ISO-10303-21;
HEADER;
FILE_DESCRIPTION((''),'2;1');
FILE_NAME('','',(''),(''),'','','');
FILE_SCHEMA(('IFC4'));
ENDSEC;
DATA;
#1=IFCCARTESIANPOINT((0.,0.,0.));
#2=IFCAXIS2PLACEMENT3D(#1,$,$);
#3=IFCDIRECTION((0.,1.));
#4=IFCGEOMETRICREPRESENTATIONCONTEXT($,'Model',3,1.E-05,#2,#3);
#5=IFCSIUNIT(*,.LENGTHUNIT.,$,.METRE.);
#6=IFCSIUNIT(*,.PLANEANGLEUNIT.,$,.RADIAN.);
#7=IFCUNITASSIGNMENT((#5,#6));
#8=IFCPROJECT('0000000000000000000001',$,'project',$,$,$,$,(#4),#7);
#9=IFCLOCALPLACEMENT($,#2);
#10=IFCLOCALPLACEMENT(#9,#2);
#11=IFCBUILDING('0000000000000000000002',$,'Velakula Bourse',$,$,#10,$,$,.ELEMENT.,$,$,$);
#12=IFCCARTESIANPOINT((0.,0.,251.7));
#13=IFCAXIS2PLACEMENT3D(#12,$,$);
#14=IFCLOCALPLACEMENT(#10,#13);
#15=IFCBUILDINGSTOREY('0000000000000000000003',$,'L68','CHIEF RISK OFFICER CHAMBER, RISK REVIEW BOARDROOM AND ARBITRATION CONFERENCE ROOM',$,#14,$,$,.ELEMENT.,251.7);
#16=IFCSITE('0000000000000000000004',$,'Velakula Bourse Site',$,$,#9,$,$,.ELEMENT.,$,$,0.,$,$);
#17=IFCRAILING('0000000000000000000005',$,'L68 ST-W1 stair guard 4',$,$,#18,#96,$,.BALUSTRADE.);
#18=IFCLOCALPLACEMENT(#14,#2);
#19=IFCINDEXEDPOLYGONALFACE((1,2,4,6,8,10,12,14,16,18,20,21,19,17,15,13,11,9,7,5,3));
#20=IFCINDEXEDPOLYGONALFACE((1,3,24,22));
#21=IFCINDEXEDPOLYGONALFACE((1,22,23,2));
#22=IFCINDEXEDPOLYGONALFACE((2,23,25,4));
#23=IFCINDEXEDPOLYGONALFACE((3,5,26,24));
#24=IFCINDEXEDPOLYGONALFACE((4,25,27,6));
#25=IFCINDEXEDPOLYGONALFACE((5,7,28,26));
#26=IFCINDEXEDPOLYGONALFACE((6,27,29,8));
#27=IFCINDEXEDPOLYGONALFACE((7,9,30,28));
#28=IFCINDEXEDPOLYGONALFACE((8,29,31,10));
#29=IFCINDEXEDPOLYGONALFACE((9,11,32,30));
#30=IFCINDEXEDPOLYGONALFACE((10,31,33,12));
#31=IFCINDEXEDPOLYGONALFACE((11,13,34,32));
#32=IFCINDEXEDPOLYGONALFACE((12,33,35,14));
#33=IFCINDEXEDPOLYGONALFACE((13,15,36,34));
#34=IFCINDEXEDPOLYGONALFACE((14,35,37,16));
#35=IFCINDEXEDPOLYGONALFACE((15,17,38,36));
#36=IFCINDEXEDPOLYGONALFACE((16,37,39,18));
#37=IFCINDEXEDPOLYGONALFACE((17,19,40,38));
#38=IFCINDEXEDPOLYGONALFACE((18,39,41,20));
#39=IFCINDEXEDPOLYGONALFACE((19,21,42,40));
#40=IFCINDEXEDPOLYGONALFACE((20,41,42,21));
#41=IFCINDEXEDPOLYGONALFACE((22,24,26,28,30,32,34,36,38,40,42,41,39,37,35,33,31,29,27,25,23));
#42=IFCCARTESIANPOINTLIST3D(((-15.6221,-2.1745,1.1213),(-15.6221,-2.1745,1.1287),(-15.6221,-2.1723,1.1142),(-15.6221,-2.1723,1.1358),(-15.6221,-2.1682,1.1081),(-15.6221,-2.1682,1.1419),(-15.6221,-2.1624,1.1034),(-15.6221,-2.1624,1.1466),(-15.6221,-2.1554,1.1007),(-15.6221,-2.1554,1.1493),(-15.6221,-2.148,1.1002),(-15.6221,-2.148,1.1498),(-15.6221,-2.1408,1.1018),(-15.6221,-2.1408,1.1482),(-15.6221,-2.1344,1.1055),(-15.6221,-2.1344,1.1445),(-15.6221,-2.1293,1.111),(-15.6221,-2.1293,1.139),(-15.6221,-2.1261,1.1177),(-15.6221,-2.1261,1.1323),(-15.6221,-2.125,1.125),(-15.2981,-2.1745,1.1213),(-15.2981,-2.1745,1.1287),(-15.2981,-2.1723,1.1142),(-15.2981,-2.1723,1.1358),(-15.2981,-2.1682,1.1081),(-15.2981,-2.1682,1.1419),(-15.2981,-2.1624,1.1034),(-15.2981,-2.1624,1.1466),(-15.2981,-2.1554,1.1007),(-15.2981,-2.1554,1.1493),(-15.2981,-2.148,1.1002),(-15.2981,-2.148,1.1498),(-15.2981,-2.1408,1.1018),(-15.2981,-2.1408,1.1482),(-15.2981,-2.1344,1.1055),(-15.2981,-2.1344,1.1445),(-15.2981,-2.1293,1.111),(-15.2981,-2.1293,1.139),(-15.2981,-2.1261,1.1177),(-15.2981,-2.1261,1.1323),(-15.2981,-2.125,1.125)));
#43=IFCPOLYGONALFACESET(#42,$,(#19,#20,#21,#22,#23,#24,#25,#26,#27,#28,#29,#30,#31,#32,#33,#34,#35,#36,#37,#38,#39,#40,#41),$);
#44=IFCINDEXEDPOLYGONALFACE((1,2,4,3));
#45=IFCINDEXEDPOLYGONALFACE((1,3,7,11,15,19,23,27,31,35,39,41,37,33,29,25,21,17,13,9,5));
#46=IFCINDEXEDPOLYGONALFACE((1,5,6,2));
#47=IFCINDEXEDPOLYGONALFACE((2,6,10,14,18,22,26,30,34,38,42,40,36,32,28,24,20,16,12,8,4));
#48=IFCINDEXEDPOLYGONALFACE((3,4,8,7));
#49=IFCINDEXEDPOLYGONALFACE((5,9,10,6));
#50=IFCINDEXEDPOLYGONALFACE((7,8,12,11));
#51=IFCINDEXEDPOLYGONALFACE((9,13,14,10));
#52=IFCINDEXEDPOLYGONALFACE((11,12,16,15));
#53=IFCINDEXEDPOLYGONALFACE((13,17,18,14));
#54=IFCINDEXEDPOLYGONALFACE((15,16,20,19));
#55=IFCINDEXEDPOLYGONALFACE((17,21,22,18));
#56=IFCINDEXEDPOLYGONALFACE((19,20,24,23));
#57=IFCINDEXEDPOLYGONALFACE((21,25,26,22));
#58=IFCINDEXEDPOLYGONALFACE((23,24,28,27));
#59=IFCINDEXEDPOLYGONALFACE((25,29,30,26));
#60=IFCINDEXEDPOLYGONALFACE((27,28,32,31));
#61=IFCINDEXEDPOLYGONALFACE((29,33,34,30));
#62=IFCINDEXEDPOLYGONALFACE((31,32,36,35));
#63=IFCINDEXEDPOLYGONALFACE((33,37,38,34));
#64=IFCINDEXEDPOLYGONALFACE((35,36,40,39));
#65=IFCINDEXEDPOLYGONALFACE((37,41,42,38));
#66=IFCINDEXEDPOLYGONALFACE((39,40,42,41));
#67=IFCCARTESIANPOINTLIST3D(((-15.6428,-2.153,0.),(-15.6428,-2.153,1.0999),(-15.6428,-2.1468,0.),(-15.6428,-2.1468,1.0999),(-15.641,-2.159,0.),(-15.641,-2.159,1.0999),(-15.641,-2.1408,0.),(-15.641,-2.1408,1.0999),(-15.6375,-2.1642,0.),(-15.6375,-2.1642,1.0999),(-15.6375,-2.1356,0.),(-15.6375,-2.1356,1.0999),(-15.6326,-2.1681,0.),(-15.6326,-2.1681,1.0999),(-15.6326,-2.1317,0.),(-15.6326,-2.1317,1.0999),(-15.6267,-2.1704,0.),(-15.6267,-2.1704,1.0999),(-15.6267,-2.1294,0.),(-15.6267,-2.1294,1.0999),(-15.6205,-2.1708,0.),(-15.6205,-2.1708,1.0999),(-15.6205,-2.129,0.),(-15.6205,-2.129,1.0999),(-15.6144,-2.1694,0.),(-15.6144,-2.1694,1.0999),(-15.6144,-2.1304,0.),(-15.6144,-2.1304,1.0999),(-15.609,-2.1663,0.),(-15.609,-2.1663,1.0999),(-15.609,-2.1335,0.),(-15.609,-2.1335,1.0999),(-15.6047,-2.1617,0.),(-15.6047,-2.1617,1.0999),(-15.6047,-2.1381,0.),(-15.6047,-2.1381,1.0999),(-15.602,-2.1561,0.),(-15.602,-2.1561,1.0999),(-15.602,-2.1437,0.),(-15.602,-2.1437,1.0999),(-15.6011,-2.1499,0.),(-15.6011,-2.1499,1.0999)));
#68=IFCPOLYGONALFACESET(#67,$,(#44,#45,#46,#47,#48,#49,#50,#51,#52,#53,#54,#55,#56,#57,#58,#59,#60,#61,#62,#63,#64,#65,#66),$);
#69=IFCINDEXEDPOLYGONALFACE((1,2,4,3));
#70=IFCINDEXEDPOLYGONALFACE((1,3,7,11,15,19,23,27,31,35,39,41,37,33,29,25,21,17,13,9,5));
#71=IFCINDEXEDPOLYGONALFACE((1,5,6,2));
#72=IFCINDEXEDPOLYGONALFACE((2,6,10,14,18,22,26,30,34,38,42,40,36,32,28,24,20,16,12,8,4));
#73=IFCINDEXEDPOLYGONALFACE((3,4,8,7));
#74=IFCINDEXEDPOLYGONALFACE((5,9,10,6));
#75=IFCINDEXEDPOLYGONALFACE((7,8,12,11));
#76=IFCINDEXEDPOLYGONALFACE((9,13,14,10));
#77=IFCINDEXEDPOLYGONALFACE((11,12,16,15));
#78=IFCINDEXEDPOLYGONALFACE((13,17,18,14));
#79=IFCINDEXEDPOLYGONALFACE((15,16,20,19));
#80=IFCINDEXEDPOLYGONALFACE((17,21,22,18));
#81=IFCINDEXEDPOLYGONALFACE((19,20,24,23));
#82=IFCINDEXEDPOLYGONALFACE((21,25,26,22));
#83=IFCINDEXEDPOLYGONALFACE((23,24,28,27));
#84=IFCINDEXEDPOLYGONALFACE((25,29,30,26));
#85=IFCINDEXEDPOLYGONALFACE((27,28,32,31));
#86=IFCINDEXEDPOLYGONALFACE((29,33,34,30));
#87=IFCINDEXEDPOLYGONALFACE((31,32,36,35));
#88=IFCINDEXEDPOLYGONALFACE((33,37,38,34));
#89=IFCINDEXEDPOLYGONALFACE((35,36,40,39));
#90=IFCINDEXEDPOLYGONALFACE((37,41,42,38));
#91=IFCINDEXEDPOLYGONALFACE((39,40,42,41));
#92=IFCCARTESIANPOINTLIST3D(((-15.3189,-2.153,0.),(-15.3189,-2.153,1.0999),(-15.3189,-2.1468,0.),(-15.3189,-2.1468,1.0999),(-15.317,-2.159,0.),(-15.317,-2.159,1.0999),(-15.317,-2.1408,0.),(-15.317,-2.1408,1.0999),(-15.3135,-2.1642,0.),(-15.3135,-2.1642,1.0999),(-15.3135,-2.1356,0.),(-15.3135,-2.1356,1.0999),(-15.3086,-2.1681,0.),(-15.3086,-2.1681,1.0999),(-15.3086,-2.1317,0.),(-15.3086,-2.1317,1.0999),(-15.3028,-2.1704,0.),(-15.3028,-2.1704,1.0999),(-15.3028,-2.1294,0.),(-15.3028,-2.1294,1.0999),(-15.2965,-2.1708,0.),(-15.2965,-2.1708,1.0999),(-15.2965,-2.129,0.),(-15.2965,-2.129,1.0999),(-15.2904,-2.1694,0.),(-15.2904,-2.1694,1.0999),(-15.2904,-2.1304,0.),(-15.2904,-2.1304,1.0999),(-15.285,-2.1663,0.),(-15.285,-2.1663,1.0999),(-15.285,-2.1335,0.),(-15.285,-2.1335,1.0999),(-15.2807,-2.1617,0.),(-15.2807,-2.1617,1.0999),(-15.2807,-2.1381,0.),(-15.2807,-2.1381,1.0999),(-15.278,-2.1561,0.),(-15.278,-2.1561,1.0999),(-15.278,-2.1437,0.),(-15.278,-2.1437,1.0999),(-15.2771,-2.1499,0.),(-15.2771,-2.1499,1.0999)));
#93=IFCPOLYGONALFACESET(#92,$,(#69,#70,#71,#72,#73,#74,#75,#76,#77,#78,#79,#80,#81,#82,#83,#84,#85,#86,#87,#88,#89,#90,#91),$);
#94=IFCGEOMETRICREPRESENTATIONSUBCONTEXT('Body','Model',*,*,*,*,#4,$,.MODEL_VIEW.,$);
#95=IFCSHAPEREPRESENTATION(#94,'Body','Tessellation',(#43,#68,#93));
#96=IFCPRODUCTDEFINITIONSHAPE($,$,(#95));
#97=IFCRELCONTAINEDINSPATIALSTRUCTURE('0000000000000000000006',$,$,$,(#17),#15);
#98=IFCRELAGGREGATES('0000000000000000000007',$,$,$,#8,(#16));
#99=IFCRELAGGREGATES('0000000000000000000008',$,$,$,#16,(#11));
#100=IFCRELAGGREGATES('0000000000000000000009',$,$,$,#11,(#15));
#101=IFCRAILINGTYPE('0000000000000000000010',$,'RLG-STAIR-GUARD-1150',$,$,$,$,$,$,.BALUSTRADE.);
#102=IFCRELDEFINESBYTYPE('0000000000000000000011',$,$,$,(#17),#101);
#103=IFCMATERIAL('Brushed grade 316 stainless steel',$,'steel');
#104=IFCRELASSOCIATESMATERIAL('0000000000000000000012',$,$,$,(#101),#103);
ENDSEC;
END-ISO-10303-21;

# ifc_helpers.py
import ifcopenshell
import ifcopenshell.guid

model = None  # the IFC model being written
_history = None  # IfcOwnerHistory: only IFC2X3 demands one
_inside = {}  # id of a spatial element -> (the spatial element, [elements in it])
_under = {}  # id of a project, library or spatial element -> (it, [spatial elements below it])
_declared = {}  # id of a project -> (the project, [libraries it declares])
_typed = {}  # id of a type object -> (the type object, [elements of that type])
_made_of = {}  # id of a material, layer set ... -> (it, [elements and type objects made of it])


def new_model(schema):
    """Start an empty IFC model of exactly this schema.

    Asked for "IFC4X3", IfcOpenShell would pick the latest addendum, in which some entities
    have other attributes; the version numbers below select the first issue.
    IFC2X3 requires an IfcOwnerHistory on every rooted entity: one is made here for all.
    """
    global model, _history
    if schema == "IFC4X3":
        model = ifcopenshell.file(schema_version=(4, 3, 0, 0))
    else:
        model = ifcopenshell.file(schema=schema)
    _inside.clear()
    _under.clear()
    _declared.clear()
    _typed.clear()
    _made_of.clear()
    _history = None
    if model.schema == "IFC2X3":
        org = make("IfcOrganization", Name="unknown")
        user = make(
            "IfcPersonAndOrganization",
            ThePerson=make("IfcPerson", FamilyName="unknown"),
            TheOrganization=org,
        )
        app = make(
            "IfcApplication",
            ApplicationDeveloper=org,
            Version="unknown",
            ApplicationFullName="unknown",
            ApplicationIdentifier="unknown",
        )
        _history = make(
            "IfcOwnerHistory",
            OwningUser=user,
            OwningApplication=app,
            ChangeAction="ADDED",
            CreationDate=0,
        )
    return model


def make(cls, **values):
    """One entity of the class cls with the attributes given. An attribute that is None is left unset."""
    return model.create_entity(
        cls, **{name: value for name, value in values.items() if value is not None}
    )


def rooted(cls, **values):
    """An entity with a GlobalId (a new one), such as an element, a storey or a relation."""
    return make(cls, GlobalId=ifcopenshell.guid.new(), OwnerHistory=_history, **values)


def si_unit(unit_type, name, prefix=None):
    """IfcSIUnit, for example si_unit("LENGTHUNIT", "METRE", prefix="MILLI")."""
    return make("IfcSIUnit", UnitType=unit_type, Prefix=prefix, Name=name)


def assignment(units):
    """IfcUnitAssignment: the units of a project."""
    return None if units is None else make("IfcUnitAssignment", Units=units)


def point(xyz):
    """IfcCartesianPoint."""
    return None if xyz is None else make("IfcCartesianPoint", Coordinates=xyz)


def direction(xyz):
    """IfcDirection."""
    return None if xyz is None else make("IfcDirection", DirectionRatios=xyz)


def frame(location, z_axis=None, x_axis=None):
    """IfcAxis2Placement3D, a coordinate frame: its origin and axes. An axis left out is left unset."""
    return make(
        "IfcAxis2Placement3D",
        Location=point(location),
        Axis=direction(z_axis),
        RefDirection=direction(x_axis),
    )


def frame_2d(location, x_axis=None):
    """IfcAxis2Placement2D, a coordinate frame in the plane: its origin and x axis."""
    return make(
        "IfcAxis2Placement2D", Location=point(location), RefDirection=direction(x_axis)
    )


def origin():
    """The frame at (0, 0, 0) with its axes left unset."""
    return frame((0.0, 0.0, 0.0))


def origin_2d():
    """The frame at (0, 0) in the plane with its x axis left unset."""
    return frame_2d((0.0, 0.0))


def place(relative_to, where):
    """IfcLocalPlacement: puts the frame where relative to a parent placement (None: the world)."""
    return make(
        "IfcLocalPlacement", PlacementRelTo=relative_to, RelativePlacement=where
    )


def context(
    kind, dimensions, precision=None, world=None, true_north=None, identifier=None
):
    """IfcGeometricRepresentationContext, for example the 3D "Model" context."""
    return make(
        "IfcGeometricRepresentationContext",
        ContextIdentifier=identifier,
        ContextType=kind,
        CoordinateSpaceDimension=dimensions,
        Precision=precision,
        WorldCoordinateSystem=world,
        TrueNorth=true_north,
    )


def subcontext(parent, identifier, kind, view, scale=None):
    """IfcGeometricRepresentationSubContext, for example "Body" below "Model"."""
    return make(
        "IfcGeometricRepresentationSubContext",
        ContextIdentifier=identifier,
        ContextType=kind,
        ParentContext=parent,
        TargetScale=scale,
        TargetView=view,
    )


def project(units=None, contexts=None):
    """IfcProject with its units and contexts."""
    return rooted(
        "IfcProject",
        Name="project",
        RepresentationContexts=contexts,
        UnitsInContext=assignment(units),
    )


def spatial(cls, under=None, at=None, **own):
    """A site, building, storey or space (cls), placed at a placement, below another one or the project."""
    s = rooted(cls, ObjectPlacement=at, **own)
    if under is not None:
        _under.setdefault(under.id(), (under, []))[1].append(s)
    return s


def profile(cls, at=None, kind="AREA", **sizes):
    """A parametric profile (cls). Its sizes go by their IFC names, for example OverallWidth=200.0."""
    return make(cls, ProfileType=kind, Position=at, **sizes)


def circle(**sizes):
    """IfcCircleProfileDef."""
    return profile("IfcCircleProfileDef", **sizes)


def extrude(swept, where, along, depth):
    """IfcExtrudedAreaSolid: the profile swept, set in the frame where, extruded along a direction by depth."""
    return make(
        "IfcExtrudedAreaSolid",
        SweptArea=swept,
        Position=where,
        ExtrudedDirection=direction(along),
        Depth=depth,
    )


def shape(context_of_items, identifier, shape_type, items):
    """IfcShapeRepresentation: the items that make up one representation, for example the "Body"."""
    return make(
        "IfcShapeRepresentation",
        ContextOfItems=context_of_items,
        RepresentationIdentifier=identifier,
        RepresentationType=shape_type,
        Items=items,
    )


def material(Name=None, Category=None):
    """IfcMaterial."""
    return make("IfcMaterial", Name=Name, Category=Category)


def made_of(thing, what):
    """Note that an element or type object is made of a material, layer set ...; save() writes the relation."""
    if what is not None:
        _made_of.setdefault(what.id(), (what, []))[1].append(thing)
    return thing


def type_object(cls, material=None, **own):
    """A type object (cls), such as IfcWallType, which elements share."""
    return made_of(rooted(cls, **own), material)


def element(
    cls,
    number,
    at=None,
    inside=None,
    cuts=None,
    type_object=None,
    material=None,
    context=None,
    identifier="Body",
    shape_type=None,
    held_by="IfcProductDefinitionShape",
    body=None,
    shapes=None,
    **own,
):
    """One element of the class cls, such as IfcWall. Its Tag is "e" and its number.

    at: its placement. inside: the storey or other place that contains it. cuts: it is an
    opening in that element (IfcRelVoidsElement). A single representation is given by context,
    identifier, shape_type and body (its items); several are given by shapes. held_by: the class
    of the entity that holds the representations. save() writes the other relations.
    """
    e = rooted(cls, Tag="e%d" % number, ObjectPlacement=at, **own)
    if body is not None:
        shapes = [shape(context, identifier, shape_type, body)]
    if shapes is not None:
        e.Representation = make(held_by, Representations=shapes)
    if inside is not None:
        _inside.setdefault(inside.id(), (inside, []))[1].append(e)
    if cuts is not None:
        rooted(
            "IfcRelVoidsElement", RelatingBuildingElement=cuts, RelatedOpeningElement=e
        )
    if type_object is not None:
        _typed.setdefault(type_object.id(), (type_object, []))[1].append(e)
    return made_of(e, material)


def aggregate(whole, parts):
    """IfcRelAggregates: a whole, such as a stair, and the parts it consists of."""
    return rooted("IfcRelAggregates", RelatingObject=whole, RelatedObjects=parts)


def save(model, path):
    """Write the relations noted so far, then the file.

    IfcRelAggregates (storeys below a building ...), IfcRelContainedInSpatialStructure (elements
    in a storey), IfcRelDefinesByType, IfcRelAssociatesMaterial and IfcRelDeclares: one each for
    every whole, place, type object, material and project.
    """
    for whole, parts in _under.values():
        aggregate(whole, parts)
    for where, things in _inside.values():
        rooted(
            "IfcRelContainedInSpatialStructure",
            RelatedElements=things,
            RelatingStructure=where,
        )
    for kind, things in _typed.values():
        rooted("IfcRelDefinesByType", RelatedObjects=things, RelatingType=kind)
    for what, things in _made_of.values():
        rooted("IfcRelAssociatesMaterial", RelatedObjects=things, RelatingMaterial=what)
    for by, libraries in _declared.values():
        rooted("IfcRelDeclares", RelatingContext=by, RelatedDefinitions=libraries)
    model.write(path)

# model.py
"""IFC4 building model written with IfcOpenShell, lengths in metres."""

from ifc_helpers import new_model, si_unit, direction, frame, origin, origin_2d, place, context, subcontext, project, spatial, circle, extrude, material, type_object, element, save


model = new_model("IFC4")

# Units and contexts
model_context = context("Model", 3, precision=1e-05, world=origin(), true_north=direction((0.0, 1.0)))
body_context = subcontext(model_context, "Body", "Model", "MODEL_VIEW")
ifc_project = project(units=[si_unit("LENGTHUNIT", "METRE"), si_unit("PLANEANGLEUNIT", "RADIAN")], contexts=[model_context])

# Site, building, storey
site_placement = place(None, origin())
site = spatial("IfcSite", under=ifc_project, at=site_placement, Name="Velakula Bourse Site", CompositionType="ELEMENT", RefElevation=0.0)
building_placement = place(site_placement, origin())
building = spatial("IfcBuilding", under=site, at=building_placement, Name="Velakula Bourse", CompositionType="ELEMENT")
storey_placement = place(building_placement, frame((0.0, 0.0, 251.7)))
storey = spatial("IfcBuildingStorey", under=building, at=storey_placement, Name="L68", Description="CHIEF RISK OFFICER CHAMBER, RISK REVIEW BOARDROOM AND ARBITRATION CONFERENCE ROOM", CompositionType="ELEMENT", Elevation=251.7)

# Shared definitions
ifc_material_1 = material(Name="Brushed grade 316 stainless steel", Category="steel")

# Railing
railing_type = type_object("IfcRailingType", Name="RLG-STAIR-GUARD-1150", PredefinedType="BALUSTRADE", material=ifc_material_1)
railing_1_placement = place(storey_placement, frame((-15.6221, -2.1499, 0.0)))
element("IfcRailing", 1, at=railing_1_placement, inside=storey, type_object=railing_type, Name="L68 ST-W1 stair guard 4", PredefinedType="BALUSTRADE", context=body_context, shape_type="SweptSolid", body=[
    extrude(circle(Radius=0.0249, at=origin_2d()), frame((0.0, 0.0, 1.125), z_axis=(1.0, 0.0, 0.0), x_axis=(0.0, 1.0, 0.0)), (0.0, 0.0, 1.0), 0.324),
    extrude(circle(Radius=0.021, at=origin_2d()), origin(), (0.0, 0.0, 1.0), 1.0999),
    extrude(circle(Radius=0.021, at=origin_2d()), frame((0.324, 0.0, 0.0)), (0.0, 0.0, 1.0), 1.0999),
])

save(model, "model.ifc")
